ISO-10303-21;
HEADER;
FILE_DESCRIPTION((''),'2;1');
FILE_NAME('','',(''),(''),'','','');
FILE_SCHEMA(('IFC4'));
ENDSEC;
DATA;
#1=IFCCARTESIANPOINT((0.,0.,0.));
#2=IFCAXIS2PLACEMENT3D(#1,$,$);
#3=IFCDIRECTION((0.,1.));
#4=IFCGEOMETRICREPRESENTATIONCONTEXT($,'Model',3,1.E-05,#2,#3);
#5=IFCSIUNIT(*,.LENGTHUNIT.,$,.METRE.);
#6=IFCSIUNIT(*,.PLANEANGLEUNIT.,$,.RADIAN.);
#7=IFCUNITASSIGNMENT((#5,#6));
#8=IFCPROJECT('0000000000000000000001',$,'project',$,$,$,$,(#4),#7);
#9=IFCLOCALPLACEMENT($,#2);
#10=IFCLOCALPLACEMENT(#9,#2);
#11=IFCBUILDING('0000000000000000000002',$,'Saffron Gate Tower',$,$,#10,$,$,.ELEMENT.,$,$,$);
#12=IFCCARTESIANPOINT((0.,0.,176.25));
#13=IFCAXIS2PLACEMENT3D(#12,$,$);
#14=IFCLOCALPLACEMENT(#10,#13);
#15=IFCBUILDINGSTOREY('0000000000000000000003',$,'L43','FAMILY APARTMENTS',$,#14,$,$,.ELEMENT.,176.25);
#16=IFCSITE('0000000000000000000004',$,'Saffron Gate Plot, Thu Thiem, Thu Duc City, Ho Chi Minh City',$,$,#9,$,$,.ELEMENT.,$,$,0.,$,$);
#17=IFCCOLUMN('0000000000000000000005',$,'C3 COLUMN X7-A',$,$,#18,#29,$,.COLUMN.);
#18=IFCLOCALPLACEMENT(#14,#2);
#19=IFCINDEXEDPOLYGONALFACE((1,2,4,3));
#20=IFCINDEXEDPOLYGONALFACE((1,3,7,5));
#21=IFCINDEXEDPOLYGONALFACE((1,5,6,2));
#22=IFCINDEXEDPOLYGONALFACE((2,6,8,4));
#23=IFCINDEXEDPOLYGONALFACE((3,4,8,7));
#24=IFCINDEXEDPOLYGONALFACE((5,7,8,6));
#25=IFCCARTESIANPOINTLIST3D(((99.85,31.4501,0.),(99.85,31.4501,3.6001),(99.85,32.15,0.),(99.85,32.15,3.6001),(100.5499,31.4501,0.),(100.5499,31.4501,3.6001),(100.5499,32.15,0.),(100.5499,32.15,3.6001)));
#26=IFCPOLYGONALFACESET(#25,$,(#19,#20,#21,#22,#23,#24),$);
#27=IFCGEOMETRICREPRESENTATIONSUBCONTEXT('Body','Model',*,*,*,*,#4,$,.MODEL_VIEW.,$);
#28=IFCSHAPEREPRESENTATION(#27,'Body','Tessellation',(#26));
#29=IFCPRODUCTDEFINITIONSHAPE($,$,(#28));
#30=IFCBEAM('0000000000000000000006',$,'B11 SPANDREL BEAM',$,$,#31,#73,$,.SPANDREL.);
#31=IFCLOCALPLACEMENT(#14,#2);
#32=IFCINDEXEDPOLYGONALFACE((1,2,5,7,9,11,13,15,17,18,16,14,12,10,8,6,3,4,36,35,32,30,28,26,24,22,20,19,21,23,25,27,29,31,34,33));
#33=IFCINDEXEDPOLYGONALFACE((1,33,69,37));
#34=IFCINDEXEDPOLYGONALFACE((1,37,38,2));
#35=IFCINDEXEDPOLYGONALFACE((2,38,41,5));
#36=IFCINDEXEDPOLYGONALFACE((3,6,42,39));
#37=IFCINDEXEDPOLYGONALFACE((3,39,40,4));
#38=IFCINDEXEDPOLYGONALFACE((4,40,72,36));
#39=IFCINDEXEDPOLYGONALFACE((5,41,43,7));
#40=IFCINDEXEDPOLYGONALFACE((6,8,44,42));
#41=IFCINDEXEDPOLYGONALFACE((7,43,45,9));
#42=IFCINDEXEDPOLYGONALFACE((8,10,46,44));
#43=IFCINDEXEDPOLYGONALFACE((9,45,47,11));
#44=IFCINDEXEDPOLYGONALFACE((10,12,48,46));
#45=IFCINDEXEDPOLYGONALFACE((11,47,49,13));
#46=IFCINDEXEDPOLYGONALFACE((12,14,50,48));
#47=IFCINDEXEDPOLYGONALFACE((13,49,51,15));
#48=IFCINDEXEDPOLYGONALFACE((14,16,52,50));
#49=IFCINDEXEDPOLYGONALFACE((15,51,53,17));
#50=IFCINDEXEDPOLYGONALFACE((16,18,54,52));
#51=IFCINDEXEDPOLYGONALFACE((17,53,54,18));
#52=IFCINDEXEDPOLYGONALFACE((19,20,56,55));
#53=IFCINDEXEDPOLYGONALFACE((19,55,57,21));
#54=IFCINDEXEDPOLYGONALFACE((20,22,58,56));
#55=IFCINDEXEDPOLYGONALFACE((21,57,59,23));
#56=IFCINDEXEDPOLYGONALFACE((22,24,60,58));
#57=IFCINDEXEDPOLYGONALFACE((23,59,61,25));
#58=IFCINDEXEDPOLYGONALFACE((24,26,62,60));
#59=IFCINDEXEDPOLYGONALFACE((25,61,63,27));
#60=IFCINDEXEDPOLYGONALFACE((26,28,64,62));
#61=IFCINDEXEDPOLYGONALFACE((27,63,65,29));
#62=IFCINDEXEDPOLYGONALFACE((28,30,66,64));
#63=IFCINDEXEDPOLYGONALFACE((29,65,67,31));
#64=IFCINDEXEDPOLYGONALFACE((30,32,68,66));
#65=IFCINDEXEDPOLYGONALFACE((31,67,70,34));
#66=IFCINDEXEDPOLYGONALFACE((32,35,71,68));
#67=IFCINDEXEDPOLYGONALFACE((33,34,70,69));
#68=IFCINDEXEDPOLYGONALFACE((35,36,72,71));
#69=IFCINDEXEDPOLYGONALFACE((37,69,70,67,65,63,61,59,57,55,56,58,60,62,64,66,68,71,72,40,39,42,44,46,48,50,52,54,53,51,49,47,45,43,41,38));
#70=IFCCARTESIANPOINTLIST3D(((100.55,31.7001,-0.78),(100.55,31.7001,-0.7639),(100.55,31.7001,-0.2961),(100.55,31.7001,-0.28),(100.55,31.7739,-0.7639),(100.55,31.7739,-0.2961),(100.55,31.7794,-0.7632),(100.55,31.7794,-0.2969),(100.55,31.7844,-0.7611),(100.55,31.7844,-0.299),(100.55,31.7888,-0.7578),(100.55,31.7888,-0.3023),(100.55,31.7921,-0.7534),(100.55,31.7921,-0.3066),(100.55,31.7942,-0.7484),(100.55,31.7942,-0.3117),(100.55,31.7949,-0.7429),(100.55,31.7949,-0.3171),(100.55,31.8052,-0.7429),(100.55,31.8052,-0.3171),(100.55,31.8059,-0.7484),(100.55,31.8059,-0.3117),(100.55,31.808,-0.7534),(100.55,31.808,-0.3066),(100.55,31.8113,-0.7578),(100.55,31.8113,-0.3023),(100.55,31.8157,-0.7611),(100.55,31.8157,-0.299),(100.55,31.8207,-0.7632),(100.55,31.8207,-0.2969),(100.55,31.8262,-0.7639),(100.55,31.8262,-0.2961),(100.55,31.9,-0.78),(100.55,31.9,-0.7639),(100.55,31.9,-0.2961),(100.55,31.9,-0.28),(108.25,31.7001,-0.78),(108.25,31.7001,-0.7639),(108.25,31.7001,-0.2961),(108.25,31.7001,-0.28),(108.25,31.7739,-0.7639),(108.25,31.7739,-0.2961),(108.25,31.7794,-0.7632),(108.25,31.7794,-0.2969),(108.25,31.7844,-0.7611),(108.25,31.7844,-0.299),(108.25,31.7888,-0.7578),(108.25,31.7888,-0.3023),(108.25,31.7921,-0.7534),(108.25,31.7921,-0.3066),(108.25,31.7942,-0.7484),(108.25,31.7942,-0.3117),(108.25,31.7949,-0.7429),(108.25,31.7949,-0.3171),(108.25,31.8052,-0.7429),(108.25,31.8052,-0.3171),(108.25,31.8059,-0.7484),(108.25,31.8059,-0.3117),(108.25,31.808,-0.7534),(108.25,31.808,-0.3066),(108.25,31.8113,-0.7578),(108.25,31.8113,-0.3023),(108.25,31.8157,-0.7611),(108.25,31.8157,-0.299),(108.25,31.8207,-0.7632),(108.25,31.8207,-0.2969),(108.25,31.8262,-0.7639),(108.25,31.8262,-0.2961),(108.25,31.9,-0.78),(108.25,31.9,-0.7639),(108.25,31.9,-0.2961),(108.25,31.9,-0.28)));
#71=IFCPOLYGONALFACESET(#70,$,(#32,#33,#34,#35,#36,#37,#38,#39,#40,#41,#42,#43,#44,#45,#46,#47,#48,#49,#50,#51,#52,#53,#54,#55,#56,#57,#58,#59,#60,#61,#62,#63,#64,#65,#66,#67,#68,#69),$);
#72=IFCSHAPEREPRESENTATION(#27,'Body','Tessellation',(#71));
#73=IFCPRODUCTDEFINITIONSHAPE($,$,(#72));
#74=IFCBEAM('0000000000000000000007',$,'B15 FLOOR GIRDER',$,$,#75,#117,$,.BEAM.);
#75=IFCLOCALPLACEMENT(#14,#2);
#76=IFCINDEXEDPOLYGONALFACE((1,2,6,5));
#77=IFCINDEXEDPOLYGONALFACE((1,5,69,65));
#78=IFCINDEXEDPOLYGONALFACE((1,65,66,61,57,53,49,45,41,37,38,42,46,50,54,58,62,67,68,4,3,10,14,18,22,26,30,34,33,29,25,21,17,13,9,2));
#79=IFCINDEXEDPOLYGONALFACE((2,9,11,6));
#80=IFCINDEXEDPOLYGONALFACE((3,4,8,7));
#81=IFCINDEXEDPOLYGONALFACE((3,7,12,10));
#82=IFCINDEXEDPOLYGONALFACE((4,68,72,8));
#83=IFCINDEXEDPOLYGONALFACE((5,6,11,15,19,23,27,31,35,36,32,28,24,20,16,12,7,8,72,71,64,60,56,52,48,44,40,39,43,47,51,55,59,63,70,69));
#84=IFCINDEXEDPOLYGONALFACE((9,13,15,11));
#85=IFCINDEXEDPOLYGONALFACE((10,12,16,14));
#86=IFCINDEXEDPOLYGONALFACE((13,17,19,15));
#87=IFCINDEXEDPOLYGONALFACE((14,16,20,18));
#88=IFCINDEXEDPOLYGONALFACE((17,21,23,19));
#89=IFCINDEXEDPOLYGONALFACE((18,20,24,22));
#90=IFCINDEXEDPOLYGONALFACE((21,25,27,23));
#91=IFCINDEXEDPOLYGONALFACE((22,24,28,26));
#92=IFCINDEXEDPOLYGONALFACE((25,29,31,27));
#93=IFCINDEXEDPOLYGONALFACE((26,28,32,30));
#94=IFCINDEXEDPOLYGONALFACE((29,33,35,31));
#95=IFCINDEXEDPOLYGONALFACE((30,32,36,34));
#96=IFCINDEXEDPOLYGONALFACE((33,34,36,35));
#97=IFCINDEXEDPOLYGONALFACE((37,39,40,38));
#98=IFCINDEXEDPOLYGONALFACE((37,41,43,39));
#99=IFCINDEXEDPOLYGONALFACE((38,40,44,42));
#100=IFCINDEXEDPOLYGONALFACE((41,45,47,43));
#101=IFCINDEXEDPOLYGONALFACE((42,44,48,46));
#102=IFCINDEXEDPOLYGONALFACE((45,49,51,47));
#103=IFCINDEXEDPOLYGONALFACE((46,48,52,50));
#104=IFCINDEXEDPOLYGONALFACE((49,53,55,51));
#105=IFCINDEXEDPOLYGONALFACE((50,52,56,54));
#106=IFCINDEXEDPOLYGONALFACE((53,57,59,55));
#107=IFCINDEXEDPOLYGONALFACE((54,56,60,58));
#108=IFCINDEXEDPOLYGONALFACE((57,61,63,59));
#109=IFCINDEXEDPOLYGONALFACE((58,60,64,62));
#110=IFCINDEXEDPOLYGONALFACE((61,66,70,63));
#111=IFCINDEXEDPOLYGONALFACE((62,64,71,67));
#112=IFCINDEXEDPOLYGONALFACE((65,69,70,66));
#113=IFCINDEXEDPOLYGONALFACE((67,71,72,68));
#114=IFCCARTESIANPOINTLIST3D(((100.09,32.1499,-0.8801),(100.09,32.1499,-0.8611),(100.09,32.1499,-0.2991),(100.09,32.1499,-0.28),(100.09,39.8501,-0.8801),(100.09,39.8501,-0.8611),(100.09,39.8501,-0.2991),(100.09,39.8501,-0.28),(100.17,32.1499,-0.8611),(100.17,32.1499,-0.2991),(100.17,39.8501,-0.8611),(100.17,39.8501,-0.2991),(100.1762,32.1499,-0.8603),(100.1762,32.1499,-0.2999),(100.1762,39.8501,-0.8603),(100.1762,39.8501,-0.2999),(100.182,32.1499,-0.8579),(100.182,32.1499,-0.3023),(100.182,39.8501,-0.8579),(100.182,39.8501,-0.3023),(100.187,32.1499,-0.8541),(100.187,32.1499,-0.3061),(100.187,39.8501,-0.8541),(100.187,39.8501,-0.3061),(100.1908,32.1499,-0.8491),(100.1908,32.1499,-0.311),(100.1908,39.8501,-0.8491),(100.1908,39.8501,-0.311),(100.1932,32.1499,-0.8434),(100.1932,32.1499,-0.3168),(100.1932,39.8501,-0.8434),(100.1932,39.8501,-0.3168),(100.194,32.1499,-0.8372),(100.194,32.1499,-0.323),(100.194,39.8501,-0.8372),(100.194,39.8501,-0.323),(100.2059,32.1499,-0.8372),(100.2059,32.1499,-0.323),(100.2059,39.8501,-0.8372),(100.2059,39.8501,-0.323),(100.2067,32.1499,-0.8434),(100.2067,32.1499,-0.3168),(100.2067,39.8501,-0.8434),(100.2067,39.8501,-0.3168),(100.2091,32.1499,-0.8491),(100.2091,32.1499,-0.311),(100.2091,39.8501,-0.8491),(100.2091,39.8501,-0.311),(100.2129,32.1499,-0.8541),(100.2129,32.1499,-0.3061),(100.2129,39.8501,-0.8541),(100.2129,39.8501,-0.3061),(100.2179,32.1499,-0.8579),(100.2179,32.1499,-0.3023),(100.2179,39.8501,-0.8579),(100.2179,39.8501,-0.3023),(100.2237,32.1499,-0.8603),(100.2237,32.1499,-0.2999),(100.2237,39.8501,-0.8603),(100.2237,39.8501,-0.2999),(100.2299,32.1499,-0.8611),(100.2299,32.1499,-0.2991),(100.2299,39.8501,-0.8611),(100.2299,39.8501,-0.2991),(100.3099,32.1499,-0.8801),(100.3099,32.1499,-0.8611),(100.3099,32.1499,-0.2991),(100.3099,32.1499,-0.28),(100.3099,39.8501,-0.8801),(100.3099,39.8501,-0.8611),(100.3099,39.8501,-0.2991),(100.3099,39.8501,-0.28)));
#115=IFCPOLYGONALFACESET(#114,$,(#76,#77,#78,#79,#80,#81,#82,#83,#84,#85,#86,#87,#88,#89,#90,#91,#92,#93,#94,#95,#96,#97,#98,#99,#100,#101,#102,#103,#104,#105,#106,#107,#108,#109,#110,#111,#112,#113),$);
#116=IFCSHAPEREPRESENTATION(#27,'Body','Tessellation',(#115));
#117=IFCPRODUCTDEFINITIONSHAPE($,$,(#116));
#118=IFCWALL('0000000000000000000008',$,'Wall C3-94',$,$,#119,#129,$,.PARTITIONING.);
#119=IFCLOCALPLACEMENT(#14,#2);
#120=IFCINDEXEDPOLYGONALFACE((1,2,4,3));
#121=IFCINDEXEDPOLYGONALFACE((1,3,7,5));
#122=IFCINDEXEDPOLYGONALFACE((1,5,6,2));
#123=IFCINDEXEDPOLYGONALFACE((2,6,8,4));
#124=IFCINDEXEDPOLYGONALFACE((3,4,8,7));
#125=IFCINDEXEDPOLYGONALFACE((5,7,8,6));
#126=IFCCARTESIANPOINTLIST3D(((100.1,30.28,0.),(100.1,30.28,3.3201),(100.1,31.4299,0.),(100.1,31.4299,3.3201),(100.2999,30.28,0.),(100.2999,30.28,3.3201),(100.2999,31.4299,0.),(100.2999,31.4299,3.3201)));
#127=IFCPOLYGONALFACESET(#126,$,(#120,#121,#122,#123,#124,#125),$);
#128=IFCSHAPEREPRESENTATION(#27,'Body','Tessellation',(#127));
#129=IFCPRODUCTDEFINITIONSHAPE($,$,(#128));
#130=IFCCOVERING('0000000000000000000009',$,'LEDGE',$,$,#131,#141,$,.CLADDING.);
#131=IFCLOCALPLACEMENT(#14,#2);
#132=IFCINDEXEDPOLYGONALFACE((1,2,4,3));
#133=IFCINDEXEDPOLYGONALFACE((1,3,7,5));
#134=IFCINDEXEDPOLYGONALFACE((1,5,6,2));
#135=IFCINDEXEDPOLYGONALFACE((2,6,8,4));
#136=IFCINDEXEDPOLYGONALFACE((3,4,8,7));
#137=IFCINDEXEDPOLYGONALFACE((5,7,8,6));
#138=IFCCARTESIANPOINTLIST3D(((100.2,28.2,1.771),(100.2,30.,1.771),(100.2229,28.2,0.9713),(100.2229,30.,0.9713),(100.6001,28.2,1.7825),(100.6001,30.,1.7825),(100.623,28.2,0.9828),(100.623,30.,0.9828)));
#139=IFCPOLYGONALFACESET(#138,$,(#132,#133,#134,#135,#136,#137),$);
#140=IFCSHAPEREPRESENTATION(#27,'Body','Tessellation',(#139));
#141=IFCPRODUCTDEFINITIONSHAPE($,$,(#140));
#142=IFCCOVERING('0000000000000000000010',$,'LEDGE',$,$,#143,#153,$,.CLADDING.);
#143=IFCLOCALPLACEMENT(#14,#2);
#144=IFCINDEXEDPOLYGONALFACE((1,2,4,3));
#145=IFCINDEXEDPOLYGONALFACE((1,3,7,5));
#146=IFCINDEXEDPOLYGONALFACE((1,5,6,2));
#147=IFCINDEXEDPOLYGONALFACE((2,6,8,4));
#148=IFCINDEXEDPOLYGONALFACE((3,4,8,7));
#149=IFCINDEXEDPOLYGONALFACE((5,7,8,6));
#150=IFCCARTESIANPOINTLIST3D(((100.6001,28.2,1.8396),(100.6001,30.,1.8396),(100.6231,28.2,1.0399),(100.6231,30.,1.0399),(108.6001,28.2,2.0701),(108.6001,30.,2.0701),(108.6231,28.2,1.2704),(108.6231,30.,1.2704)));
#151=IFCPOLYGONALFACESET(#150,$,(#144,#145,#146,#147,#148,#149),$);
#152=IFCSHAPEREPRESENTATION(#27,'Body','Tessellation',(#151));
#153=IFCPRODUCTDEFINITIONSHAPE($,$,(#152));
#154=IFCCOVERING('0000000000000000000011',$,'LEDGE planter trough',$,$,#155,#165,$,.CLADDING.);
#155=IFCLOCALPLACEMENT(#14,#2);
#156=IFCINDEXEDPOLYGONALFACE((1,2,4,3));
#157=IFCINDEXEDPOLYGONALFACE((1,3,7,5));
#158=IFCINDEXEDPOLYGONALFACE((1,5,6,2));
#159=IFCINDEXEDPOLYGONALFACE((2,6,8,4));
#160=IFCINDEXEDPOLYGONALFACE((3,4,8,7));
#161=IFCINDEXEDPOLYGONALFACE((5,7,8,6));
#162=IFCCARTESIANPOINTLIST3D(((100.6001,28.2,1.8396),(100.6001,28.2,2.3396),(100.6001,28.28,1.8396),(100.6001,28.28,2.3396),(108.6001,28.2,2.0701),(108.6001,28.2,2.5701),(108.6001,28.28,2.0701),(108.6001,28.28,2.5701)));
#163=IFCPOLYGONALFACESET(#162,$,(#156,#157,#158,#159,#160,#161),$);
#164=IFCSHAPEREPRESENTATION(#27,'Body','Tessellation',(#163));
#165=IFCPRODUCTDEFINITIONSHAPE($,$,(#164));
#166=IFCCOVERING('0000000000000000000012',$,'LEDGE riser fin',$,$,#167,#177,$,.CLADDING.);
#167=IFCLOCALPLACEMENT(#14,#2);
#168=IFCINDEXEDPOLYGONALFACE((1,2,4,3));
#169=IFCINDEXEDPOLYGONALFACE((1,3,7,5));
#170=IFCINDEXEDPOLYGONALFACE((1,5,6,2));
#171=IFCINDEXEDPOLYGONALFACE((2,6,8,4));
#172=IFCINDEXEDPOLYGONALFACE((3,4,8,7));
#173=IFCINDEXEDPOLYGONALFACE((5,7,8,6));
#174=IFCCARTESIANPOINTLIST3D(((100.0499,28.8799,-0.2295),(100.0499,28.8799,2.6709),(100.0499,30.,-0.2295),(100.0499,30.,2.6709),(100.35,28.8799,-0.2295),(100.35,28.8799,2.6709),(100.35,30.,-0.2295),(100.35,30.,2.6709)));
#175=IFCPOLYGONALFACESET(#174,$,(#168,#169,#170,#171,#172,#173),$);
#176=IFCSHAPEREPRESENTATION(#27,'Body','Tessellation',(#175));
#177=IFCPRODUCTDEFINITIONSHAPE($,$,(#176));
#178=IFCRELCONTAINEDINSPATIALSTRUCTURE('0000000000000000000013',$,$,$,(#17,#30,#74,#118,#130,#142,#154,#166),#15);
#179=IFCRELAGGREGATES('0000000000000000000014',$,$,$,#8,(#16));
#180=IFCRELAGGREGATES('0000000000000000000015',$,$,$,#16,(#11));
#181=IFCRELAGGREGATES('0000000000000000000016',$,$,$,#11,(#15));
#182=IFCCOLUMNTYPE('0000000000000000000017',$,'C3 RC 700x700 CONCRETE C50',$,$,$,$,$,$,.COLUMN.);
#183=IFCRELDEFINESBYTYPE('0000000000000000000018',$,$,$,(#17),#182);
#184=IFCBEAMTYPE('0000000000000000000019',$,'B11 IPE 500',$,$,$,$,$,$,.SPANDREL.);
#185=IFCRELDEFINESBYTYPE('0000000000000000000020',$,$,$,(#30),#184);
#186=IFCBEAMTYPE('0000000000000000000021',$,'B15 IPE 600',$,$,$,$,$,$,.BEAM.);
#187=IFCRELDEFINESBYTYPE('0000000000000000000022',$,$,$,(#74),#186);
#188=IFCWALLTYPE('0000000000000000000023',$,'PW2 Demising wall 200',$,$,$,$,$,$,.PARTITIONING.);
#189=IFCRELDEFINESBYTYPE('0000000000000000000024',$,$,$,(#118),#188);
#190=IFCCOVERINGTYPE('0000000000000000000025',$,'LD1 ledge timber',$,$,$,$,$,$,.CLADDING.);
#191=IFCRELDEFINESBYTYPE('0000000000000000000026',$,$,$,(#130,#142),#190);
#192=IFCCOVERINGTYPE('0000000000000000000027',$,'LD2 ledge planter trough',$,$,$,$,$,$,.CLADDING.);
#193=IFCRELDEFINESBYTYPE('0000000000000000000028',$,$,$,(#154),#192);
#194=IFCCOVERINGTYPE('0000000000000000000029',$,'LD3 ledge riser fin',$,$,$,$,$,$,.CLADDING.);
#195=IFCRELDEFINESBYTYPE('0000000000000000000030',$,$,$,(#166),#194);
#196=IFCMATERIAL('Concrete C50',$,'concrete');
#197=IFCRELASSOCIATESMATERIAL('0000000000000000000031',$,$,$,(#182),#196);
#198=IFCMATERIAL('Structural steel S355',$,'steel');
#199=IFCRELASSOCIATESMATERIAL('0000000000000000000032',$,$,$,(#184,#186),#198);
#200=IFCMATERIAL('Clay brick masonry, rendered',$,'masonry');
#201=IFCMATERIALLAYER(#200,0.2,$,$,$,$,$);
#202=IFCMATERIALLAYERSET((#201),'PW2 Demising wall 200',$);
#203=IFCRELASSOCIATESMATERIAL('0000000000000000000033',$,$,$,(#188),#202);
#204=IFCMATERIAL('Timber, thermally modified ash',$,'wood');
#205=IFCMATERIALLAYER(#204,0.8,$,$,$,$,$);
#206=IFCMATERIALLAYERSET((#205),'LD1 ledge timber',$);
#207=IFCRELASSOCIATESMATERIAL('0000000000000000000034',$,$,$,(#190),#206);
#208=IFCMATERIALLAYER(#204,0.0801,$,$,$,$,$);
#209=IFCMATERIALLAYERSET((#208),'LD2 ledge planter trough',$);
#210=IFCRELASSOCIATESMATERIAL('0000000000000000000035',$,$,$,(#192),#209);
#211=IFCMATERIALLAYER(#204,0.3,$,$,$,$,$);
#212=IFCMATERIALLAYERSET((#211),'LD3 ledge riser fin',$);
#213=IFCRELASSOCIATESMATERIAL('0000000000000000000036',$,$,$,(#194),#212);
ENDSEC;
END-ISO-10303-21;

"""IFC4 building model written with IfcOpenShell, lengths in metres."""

from ifc_helpers import new_model, si_unit, direction, frame, frame_2d, origin, origin_2d, place, context, subcontext, project, spatial, polyline, rectangle, i_section, outline, extrude, material, layer, layer_set, material_profile, profile_set, type_object, element, save


model = new_model("IFC4")

# Units and contexts
model_context = context("Model", 3, precision=1e-05, world=origin(), true_north=direction((0.0, 1.0)))
body_context = subcontext(model_context, "Body", "Model", "MODEL_VIEW")
ifc_project = project(units=[si_unit("LENGTHUNIT", "METRE"), si_unit("PLANEANGLEUNIT", "RADIAN")], contexts=[model_context])

# Site, building, storey
site_placement = place(None, origin())
site = spatial("IfcSite", under=ifc_project, at=site_placement, Name="Saffron Gate Plot, Thu Thiem, Thu Duc City, Ho Chi Minh City", CompositionType="ELEMENT", RefElevation=0.0)
building_placement = place(site_placement, origin())
building = spatial("IfcBuilding", under=site, at=building_placement, Name="Saffron Gate Tower", CompositionType="ELEMENT")
storey_placement = place(building_placement, frame((0.0, 0.0, 176.25)))
storey = spatial("IfcBuildingStorey", under=building, at=storey_placement, Name="L43", Description="FAMILY APARTMENTS", CompositionType="ELEMENT", Elevation=176.25)

# Column
ifc_material_1 = material(Name="Concrete C50", Category="concrete")
ifc_material_profile_1 = material_profile(ifc_material_1, rectangle(XDim=0.7, YDim=0.7, at=origin_2d()))
ifc_profile_set_1 = profile_set([ifc_material_profile_1], Name="Concrete C50")
column_type = type_object("IfcColumnType", Name="C3 RC 700x700 CONCRETE C50", PredefinedType="COLUMN", material=ifc_profile_set_1)
column_placement = place(storey_placement, frame((100.2, 31.8, 0.0), z_axis=(0.0, 0.0, 1.0), x_axis=(1.0, 0.0, 0.0)))
element("IfcColumn", 1, at=column_placement, inside=storey, type_object=column_type, Name="C3 COLUMN X7-A", PredefinedType="COLUMN", context=body_context, shape_type="SweptSolid", body=[
    extrude(rectangle(XDim=0.7, YDim=0.7, at=origin_2d()), origin(), (0.0, 0.0, 1.0), 3.6001),
])

# Beams
ifc_material_2 = material(Name="Structural steel S355", Category="steel")
ifc_material_profile_2 = material_profile(ifc_material_2, i_section(OverallWidth=0.2, OverallDepth=0.5, WebThickness=0.0103, FlangeThickness=0.0161, FilletRadius=0.021, at=origin_2d()))
ifc_profile_set_2 = profile_set([ifc_material_profile_2], Name="Structural steel S355")
beam_type_1 = type_object("IfcBeamType", Name="B11 IPE 500", PredefinedType="SPANDREL", material=ifc_profile_set_2)
beam_1_placement = place(storey_placement, frame((100.55, 31.8, -0.53), z_axis=(1.0, 0.0, 0.0), x_axis=(0.0, 1.0, 0.0)))
element("IfcBeam", 2, at=beam_1_placement, inside=storey, type_object=beam_type_1, Name="B11 SPANDREL BEAM", PredefinedType="SPANDREL", context=body_context, shape_type="SweptSolid", body=[
    extrude(i_section(OverallWidth=0.2, OverallDepth=0.5, WebThickness=0.0103, FlangeThickness=0.0161, FilletRadius=0.021, at=origin_2d()), origin(), (0.0, 0.0, 1.0), 7.7),
])
ifc_material_profile_3 = material_profile(ifc_material_2, i_section(OverallWidth=0.22, OverallDepth=0.6001, WebThickness=0.012, FlangeThickness=0.019, FilletRadius=0.0239, at=origin_2d()))
ifc_profile_set_3 = profile_set([ifc_material_profile_3], Name="Structural steel S355")
beam_type_2 = type_object("IfcBeamType", Name="B15 IPE 600", PredefinedType="BEAM", material=ifc_profile_set_3)
beam_2_placement = place(storey_placement, frame((100.2, 32.1499, -0.5801), z_axis=(0.0, 1.0, 0.0), x_axis=(-1.0, 0.0, 0.0)))
element("IfcBeam", 3, at=beam_2_placement, inside=storey, type_object=beam_type_2, Name="B15 FLOOR GIRDER", PredefinedType="BEAM", context=body_context, shape_type="SweptSolid", body=[
    extrude(i_section(OverallWidth=0.22, OverallDepth=0.6001, WebThickness=0.012, FlangeThickness=0.019, FilletRadius=0.0239, at=origin_2d()), origin(), (0.0, 0.0, 1.0), 7.7002),
])

# Wall
ifc_material_3 = material(Name="Clay brick masonry, rendered", Category="masonry")
ifc_layer_1 = layer(ifc_material_3, 0.2)
ifc_layer_set_1 = layer_set([ifc_layer_1], Name="PW2 Demising wall 200")
wall_type = type_object("IfcWallType", Name="PW2 Demising wall 200", PredefinedType="PARTITIONING", material=ifc_layer_set_1)
wall_placement = place(storey_placement, frame((100.2, 31.4299, 0.0), z_axis=(0.0, 0.0, 1.0), x_axis=(0.0, -1.0, 0.0)))
element("IfcWall", 4, at=wall_placement, inside=storey, type_object=wall_type, Name="Wall C3-94", PredefinedType="PARTITIONING", context=body_context, shape_type="SweptSolid", body=[
    extrude(rectangle(XDim=1.1499, YDim=0.2, at=frame_2d((0.575, 0.0))), origin(), (0.0, 0.0, 1.0), 3.3201),
])

# Coverings
ifc_material_4 = material(Name="Timber, thermally modified ash", Category="wood")
ifc_layer_2 = layer(ifc_material_4, 0.8)
ifc_layer_set_2 = layer_set([ifc_layer_2], Name="LD1 ledge timber")
covering_type_1 = type_object("IfcCoveringType", Name="LD1 ledge timber", PredefinedType="CLADDING", material=ifc_layer_set_2)
covering_1_placement = place(storey_placement, frame((100.2, 30.0, 1.771), z_axis=(-0.028664, 0.0, 0.999589), x_axis=(0.999589, 0.0, 0.028664)))
element("IfcCovering", 5, at=covering_1_placement, inside=storey, type_object=covering_type_1, Name="LEDGE", PredefinedType="CLADDING", context=body_context, shape_type="SweptSolid", body=[
    extrude(outline(polyline([(0.0, 0.0), (0.4003, 0.0), (0.4003, -1.8), (0.0, -1.8), (0.0, 0.0)])), origin(), (0.0, 0.0, -1.0), 0.8),
])
covering_2_placement = place(storey_placement, frame((100.6001, 30.0, 1.8396), z_axis=(-0.028797, 0.0, 0.999585), x_axis=(0.999585, 0.0, 0.028797)))
element("IfcCovering", 6, at=covering_2_placement, inside=storey, type_object=covering_type_1, Name="LEDGE", PredefinedType="CLADDING", context=body_context, shape_type="SweptSolid", body=[
    extrude(outline(polyline([(0.0, 0.0), (8.0033, 0.0), (8.0033, -1.8), (0.0, -1.8), (0.0, 0.0)])), origin(), (0.0, 0.0, -1.0), 0.8),
])
ifc_layer_3 = layer(ifc_material_4, 0.0801)
ifc_layer_set_3 = layer_set([ifc_layer_3], Name="LD2 ledge planter trough")
covering_type_2 = type_object("IfcCoveringType", Name="LD2 ledge planter trough", PredefinedType="CLADDING", material=ifc_layer_set_3)
covering_3_placement = place(storey_placement, frame((100.6001, 28.2, 1.8396), z_axis=(0.0, -1.0, 0.0), x_axis=(0.999585, 0.0, 0.028797)))
element("IfcCovering", 7, at=covering_3_placement, inside=storey, type_object=covering_type_2, Name="LEDGE planter trough", PredefinedType="CLADDING", context=body_context, shape_type="SweptSolid", body=[
    extrude(outline(polyline([(0.0, 0.0), (8.0033, 0.0), (8.0177, 0.4998), (0.0144, 0.4998), (0.0, 0.0)])), origin(), (0.0, 0.0, -1.0), 0.0801),
])
ifc_layer_4 = layer(ifc_material_4, 0.3)
ifc_layer_set_4 = layer_set([ifc_layer_4], Name="LD3 ledge riser fin")
covering_type_3 = type_object("IfcCoveringType", Name="LD3 ledge riser fin", PredefinedType="CLADDING", material=ifc_layer_set_4)
covering_4_placement = place(storey_placement, frame((100.2, 29.4399, -0.2295), z_axis=(0.0, 0.0, 1.0), x_axis=(1.0, 0.0, 0.0)))
element("IfcCovering", 8, at=covering_4_placement, inside=storey, type_object=covering_type_3, Name="LEDGE riser fin", PredefinedType="CLADDING", context=body_context, shape_type="SweptSolid", body=[
    extrude(rectangle(XDim=0.3, YDim=1.1201, at=origin_2d()), origin(), (0.0, 0.0, 1.0), 2.9004),
])

save(model, "model.ifc")
